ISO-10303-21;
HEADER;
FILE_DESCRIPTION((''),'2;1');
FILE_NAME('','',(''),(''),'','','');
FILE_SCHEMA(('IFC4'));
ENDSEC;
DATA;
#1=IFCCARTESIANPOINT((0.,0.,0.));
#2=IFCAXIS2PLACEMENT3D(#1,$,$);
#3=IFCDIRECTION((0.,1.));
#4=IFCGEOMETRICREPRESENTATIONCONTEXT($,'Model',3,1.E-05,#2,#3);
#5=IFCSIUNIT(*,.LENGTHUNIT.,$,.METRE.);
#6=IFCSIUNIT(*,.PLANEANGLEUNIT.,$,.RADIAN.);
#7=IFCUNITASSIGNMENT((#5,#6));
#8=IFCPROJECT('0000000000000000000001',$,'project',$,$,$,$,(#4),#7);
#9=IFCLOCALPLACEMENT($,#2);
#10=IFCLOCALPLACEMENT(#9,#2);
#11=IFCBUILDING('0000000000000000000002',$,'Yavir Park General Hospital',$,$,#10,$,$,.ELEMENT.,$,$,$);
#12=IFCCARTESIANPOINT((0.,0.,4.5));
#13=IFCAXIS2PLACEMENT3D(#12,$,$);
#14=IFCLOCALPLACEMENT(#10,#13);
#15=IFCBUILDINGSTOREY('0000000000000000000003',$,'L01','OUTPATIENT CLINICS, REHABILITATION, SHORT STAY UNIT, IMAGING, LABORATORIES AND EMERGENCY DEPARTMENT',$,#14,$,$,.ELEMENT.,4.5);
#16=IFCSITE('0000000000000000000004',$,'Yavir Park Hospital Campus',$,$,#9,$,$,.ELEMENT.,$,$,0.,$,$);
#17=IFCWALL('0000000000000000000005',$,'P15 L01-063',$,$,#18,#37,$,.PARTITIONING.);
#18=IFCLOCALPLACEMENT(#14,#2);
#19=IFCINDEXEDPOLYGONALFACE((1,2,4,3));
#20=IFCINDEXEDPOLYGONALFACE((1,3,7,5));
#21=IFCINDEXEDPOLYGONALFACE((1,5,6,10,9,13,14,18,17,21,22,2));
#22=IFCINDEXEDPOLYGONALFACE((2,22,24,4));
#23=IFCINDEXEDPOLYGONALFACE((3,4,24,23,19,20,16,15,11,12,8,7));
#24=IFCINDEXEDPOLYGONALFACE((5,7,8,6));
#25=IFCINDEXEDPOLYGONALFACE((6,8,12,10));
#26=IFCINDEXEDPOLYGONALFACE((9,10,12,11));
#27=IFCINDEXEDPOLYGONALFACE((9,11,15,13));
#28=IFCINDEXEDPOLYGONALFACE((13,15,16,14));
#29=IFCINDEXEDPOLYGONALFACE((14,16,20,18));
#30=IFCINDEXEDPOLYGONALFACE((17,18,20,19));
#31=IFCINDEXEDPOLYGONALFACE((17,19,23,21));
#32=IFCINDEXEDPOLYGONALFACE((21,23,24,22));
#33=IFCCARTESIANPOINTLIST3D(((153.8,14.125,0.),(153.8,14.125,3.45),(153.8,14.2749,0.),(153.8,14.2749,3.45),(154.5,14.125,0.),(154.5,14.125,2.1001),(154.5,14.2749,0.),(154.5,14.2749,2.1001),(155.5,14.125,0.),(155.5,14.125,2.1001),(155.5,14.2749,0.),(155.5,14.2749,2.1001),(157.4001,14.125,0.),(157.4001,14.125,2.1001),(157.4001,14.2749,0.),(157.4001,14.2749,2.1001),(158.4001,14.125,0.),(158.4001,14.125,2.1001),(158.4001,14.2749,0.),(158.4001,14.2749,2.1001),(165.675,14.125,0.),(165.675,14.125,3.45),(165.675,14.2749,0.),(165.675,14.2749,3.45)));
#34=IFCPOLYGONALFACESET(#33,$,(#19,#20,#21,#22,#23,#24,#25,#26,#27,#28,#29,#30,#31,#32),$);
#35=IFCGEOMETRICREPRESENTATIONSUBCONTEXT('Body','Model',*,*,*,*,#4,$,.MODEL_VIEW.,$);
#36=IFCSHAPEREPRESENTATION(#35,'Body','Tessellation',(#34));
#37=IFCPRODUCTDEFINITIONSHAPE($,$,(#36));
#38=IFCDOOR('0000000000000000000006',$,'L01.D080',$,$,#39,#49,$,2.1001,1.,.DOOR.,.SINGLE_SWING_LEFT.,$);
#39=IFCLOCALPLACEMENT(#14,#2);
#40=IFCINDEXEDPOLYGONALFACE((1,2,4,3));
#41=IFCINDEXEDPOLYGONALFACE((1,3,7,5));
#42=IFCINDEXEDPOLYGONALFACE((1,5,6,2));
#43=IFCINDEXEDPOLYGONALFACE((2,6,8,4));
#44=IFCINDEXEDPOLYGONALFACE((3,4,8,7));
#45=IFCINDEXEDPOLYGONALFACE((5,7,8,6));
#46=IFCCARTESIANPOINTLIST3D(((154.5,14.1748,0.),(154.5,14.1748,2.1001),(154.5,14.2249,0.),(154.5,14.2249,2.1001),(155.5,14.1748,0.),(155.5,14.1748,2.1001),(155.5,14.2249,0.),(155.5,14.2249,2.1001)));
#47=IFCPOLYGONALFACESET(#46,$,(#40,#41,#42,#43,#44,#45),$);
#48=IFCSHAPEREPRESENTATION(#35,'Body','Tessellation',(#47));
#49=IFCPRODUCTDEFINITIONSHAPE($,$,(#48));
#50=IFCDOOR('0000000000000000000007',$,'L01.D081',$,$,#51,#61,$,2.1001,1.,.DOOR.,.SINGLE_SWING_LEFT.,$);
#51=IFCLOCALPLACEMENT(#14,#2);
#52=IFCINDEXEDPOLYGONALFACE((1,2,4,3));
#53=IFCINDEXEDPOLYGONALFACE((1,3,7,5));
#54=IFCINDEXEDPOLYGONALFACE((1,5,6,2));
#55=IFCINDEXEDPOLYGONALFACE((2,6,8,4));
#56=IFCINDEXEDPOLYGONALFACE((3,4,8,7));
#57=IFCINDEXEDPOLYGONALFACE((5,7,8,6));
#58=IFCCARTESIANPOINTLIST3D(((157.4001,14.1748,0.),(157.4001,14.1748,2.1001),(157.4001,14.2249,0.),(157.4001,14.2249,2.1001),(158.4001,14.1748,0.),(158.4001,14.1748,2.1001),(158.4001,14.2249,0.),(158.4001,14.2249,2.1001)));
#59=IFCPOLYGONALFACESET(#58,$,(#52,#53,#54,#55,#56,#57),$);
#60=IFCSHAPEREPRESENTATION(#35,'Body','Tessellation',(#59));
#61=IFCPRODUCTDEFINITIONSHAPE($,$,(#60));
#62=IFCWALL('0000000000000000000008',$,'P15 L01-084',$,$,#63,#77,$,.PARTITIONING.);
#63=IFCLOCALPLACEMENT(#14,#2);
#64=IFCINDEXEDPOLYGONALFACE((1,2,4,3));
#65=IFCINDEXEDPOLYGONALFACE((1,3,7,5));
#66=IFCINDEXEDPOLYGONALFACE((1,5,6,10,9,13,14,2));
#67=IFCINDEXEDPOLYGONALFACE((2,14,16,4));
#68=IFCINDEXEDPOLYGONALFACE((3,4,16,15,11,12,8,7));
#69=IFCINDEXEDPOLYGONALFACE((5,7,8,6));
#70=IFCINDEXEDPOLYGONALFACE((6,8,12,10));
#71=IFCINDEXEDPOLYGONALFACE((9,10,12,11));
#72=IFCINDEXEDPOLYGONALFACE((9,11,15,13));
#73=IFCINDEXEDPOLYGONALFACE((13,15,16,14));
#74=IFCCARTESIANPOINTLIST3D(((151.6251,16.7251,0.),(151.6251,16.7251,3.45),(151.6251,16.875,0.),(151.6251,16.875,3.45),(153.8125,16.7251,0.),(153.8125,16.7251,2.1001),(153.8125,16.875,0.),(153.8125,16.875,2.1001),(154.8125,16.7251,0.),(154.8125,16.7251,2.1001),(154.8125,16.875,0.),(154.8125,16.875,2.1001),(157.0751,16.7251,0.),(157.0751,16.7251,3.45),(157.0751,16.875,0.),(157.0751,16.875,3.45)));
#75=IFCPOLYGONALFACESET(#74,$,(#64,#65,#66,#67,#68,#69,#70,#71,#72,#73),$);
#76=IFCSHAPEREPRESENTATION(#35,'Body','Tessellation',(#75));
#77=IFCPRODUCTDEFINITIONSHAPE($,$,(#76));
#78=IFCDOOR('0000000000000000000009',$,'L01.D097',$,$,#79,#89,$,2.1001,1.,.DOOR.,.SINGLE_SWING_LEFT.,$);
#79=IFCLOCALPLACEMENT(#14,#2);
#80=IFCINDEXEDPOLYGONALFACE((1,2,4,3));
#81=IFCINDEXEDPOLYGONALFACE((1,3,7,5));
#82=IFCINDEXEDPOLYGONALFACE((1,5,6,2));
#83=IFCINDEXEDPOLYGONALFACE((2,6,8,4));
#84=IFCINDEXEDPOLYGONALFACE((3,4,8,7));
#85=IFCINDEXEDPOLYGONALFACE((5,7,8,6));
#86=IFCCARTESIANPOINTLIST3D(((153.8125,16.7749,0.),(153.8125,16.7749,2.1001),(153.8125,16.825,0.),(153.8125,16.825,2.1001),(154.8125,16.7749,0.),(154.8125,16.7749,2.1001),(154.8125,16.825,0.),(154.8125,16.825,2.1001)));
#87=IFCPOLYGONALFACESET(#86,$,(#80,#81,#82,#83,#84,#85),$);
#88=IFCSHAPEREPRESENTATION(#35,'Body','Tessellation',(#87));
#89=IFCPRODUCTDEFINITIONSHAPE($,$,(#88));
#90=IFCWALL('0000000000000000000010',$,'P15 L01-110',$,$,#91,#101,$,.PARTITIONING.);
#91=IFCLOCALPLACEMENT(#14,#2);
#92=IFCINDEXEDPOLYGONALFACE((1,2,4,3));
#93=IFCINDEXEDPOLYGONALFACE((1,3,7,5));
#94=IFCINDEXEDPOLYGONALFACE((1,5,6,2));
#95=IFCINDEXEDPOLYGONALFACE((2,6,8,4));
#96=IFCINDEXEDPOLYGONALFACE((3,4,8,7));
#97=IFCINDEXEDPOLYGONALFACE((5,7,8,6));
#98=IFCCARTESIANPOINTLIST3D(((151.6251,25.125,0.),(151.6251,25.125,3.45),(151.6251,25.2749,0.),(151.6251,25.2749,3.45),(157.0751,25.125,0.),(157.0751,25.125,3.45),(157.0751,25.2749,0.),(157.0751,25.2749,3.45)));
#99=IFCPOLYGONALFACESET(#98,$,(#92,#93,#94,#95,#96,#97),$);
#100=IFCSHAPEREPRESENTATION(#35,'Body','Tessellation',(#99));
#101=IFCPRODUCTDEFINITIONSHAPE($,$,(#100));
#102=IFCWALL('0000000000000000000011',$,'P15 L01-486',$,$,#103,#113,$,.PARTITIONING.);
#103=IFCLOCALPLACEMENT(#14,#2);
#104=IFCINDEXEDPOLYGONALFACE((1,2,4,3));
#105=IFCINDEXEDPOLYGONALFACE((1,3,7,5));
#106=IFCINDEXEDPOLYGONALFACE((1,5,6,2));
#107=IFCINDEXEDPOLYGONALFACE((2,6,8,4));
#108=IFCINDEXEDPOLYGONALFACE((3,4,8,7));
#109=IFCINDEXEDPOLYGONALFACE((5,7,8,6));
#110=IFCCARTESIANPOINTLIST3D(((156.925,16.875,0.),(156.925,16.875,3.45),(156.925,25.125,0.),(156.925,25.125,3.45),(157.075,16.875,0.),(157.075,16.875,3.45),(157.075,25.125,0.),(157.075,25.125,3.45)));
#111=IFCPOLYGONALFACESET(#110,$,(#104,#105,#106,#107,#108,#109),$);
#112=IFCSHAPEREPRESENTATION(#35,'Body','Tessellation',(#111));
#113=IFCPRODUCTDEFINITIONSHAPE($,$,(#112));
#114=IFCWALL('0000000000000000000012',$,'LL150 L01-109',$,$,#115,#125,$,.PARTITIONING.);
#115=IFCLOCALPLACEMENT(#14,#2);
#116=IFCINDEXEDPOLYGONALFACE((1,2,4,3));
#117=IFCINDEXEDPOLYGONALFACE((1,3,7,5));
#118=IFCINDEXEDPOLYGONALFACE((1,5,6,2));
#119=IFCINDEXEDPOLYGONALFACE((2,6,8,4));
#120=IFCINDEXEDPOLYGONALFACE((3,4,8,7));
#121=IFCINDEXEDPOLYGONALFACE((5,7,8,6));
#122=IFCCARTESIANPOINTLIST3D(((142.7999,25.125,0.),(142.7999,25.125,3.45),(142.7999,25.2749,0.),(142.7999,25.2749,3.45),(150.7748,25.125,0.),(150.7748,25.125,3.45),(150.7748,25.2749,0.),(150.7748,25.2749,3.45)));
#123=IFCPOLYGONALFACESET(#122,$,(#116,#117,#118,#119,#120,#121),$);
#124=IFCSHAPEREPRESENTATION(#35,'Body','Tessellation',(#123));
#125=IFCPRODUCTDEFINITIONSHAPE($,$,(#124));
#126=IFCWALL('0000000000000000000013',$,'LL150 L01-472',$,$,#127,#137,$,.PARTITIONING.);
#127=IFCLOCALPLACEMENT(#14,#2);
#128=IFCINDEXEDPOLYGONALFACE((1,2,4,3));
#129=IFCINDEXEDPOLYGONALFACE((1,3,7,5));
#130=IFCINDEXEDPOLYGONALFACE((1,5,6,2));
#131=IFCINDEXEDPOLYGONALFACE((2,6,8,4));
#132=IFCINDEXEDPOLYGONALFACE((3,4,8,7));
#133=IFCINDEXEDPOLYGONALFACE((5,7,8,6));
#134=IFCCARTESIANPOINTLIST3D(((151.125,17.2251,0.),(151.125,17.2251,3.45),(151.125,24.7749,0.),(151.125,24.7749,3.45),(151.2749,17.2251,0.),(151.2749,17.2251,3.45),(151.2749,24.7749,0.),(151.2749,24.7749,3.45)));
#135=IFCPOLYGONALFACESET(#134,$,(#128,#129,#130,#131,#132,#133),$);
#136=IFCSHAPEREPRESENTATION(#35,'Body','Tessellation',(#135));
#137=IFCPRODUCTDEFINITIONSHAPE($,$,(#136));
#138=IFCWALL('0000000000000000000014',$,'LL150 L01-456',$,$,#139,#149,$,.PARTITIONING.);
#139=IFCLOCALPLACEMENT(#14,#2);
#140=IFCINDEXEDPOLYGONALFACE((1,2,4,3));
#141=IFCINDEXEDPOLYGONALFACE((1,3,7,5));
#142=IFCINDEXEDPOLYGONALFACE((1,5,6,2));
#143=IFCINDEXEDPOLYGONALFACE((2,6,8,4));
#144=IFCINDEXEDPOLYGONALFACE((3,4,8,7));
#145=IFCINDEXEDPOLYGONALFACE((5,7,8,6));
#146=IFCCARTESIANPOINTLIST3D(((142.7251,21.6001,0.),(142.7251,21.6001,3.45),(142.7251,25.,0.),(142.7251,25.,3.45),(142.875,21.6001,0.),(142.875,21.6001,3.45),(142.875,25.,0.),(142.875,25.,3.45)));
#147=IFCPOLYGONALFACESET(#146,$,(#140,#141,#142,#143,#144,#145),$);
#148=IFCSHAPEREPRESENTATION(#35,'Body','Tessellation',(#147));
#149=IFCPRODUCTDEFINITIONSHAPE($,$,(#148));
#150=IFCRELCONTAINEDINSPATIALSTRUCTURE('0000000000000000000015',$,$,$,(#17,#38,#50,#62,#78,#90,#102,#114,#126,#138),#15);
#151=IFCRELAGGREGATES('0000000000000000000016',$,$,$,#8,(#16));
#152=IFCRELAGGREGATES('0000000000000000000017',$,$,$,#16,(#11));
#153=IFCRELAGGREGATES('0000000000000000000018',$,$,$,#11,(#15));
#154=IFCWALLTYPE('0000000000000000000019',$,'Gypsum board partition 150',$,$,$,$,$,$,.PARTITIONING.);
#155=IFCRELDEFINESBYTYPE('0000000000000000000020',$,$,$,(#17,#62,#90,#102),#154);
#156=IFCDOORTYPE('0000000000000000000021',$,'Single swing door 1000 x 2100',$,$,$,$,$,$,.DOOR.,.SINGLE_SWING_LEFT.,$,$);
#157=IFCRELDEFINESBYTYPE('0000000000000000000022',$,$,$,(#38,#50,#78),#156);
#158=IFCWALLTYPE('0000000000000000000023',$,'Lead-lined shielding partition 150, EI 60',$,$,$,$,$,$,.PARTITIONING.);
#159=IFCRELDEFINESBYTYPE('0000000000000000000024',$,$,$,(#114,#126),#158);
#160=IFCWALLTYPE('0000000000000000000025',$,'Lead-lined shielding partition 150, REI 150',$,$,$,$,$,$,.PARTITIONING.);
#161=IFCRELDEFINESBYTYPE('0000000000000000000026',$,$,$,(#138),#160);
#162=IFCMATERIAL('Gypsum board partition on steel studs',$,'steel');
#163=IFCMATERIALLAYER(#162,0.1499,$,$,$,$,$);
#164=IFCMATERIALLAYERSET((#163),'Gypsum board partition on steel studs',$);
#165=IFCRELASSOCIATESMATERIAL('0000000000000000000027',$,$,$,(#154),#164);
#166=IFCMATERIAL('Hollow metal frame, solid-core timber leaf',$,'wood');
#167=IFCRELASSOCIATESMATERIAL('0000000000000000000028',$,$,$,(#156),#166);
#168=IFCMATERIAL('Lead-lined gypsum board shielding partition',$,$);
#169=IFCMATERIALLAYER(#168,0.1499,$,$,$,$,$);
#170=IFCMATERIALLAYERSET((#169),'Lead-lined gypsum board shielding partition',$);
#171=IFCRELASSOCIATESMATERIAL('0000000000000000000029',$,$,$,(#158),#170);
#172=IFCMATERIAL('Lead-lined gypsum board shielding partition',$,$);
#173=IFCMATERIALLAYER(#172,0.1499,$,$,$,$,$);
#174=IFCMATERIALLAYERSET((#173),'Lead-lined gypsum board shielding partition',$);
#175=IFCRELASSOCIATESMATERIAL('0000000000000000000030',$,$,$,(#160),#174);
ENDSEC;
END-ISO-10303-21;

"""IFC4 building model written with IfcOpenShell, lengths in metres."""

from ifc_helpers import new_model, si_unit, direction, frame, frame_2d, origin, place, context, subcontext, project, spatial, rectangle, extrude, material, layer, layer_set, type_object, element, fill, save


model = new_model("IFC4")

# Units and contexts
model_context = context("Model", 3, precision=1e-05, world=origin(), true_north=direction((0.0, 1.0)))
body_context = subcontext(model_context, "Body", "Model", "MODEL_VIEW")
ifc_project = project(units=[si_unit("LENGTHUNIT", "METRE"), si_unit("PLANEANGLEUNIT", "RADIAN")], contexts=[model_context])

# Site, building, storey
site_placement = place(None, origin())
site = spatial("IfcSite", under=ifc_project, at=site_placement, Name="Yavir Park Hospital Campus", CompositionType="ELEMENT", RefElevation=0.0)
building_placement = place(site_placement, origin())
building = spatial("IfcBuilding", under=site, at=building_placement, Name="Yavir Park General Hospital", CompositionType="ELEMENT")
storey_placement = place(building_placement, frame((0.0, 0.0, 4.5)))
storey = spatial("IfcBuildingStorey", under=building, at=storey_placement, Name="L01", Description="OUTPATIENT CLINICS, REHABILITATION, SHORT STAY UNIT, IMAGING, LABORATORIES AND EMERGENCY DEPARTMENT", CompositionType="ELEMENT", Elevation=4.5)

# Shared definitions
ifc_material_1 = material(Name="Gypsum board partition on steel studs", Category="steel")
ifc_layer_1 = layer(ifc_material_1, 0.1499)
ifc_layer_set_1 = layer_set([ifc_layer_1], Name="Gypsum board partition on steel studs")
wall_type_1 = type_object("IfcWallType", Name="Gypsum board partition 150", PredefinedType="PARTITIONING", material=ifc_layer_set_1)

# Wall, openings, doors
wall_1_placement = place(storey_placement, frame((153.8, 14.2, 0.0), z_axis=(0.0, 0.0, 1.0), x_axis=(1.0, 0.0, 0.0)))
wall_1 = element("IfcWall", 1, at=wall_1_placement, inside=storey, type_object=wall_type_1, Name="P15 L01-063", PredefinedType="PARTITIONING", context=body_context, shape_type="SweptSolid", body=[
    extrude(rectangle(XDim=11.875, YDim=0.1499, at=frame_2d((5.9375, 0.0))), origin(), (0.0, 0.0, 1.0), 3.45),
])
opening_1_placement = place(wall_1_placement, frame((0.7, 0.0, 0.0)))
opening_1 = element("IfcOpeningElement", 2, at=opening_1_placement, cuts=wall_1, PredefinedType="OPENING", context=body_context, shape_type="SweptSolid", body=[
    extrude(rectangle(XDim=1.0, YDim=2.1001, at=frame_2d((0.5, 1.05))), frame((0.0, 0.085, 0.0), z_axis=(0.0, -1.0, 0.0), x_axis=(1.0, 0.0, 0.0)), (0.0, 0.0, 1.0), 0.1699),
])
opening_2_placement = place(wall_1_placement, frame((3.6001, 0.0, 0.0)))
opening_2 = element("IfcOpeningElement", 3, at=opening_2_placement, cuts=wall_1, PredefinedType="OPENING", context=body_context, shape_type="SweptSolid", body=[
    extrude(rectangle(XDim=1.0, YDim=2.1001, at=frame_2d((0.5, 1.05))), frame((0.0, 0.085, 0.0), z_axis=(0.0, -1.0, 0.0), x_axis=(1.0, 0.0, 0.0)), (0.0, 0.0, 1.0), 0.1699),
])
ifc_material_2 = material(Name="Hollow metal frame, solid-core timber leaf", Category="wood")
door_type_1 = type_object("IfcDoorType", Name="Single swing door 1000 x 2100", OperationType="SINGLE_SWING_LEFT", PredefinedType="DOOR", material=ifc_material_2)
door_1_placement = place(opening_1_placement, origin())
door_1 = element("IfcDoor", 4, at=door_1_placement, inside=storey, type_object=door_type_1, Name="L01.D080", OperationType="SINGLE_SWING_LEFT", OverallHeight=2.1001, OverallWidth=1.0, PredefinedType="DOOR", context=body_context, shape_type="SweptSolid", body=[
    extrude(rectangle(XDim=1.0, YDim=2.1001, at=frame_2d((0.5, 1.05))), frame((0.0, 0.0249, 0.0), z_axis=(0.0, -1.0, 0.0), x_axis=(1.0, 0.0, 0.0)), (0.0, 0.0, 1.0), 0.05),
])
fill(opening_1, door_1)
door_2_placement = place(opening_2_placement, origin())
door_2 = element("IfcDoor", 5, at=door_2_placement, inside=storey, type_object=door_type_1, Name="L01.D081", OperationType="SINGLE_SWING_LEFT", OverallHeight=2.1001, OverallWidth=1.0, PredefinedType="DOOR", context=body_context, shape_type="SweptSolid", body=[
    extrude(rectangle(XDim=1.0, YDim=2.1001, at=frame_2d((0.5, 1.05))), frame((0.0, 0.0249, 0.0), z_axis=(0.0, -1.0, 0.0), x_axis=(1.0, 0.0, 0.0)), (0.0, 0.0, 1.0), 0.05),
])
fill(opening_2, door_2)

# Wall, opening, door
wall_2_placement = place(storey_placement, frame((151.625, 16.8, 0.0), z_axis=(0.0, 0.0, 1.0), x_axis=(1.0, 0.0, 0.0)))
wall_2 = element("IfcWall", 6, at=wall_2_placement, inside=storey, type_object=wall_type_1, Name="P15 L01-084", PredefinedType="PARTITIONING", context=body_context, shape_type="SweptSolid", body=[
    extrude(rectangle(XDim=5.45, YDim=0.1499, at=frame_2d((2.7251, 0.0))), origin(), (0.0, 0.0, 1.0), 3.45),
])
opening_3_placement = place(wall_2_placement, frame((2.1875, 0.0, 0.0)))
opening_3 = element("IfcOpeningElement", 7, at=opening_3_placement, cuts=wall_2, PredefinedType="OPENING", context=body_context, shape_type="SweptSolid", body=[
    extrude(rectangle(XDim=1.0, YDim=2.1001, at=frame_2d((0.5, 1.05))), frame((0.0, 0.085, 0.0), z_axis=(0.0, -1.0, 0.0), x_axis=(1.0, 0.0, 0.0)), (0.0, 0.0, 1.0), 0.1699),
])
door_3_placement = place(opening_3_placement, origin())
door_3 = element("IfcDoor", 8, at=door_3_placement, inside=storey, type_object=door_type_1, Name="L01.D097", OperationType="SINGLE_SWING_LEFT", OverallHeight=2.1001, OverallWidth=1.0, PredefinedType="DOOR", context=body_context, shape_type="SweptSolid", body=[
    extrude(rectangle(XDim=1.0, YDim=2.1001, at=frame_2d((0.5, 1.05))), frame((0.0, 0.0249, 0.0), z_axis=(0.0, -1.0, 0.0), x_axis=(1.0, 0.0, 0.0)), (0.0, 0.0, 1.0), 0.05),
])
fill(opening_3, door_3)

# Walls
wall_3_placement = place(storey_placement, frame((151.625, 25.2, 0.0), z_axis=(0.0, 0.0, 1.0), x_axis=(1.0, 0.0, 0.0)))
element("IfcWall", 9, at=wall_3_placement, inside=storey, type_object=wall_type_1, Name="P15 L01-110", PredefinedType="PARTITIONING", context=body_context, shape_type="SweptSolid", body=[
    extrude(rectangle(XDim=5.45, YDim=0.1499, at=frame_2d((2.7251, 0.0))), origin(), (0.0, 0.0, 1.0), 3.45),
])
wall_4_placement = place(storey_placement, frame((157.0, 16.875, 0.0), z_axis=(0.0, 0.0, 1.0), x_axis=(0.0, 1.0, 0.0)))
element("IfcWall", 10, at=wall_4_placement, inside=storey, type_object=wall_type_1, Name="P15 L01-486", PredefinedType="PARTITIONING", context=body_context, shape_type="SweptSolid", body=[
    extrude(rectangle(XDim=8.25, YDim=0.1499, at=frame_2d((4.125, 0.0))), origin(), (0.0, 0.0, 1.0), 3.45),
])
ifc_material_3 = material(Name="Lead-lined gypsum board shielding partition")
ifc_layer_2 = layer(ifc_material_3, 0.1499)
ifc_layer_set_2 = layer_set([ifc_layer_2], Name="Lead-lined gypsum board shielding partition")
wall_type_2 = type_object("IfcWallType", Name="Lead-lined shielding partition 150, EI 60", PredefinedType="PARTITIONING", material=ifc_layer_set_2)
wall_5_placement = place(storey_placement, frame((142.8, 25.2, 0.0), z_axis=(0.0, 0.0, 1.0), x_axis=(1.0, 0.0, 0.0)))
element("IfcWall", 11, at=wall_5_placement, inside=storey, type_object=wall_type_2, Name="LL150 L01-109", PredefinedType="PARTITIONING", context=body_context, shape_type="SweptSolid", body=[
    extrude(rectangle(XDim=7.9749, YDim=0.1499, at=frame_2d((3.9873, 0.0))), origin(), (0.0, 0.0, 1.0), 3.45),
])
wall_6_placement = place(storey_placement, frame((151.2, 17.2251, 0.0), z_axis=(0.0, 0.0, 1.0), x_axis=(0.0, 1.0, 0.0)))
element("IfcWall", 12, at=wall_6_placement, inside=storey, type_object=wall_type_2, Name="LL150 L01-472", PredefinedType="PARTITIONING", context=body_context, shape_type="SweptSolid", body=[
    extrude(rectangle(XDim=7.5498, YDim=0.1499, at=frame_2d((3.7749, 0.0))), origin(), (0.0, 0.0, 1.0), 3.45),
])
ifc_material_4 = material(Name="Lead-lined gypsum board shielding partition")
ifc_layer_3 = layer(ifc_material_4, 0.1499)
ifc_layer_set_3 = layer_set([ifc_layer_3], Name="Lead-lined gypsum board shielding partition")
wall_type_3 = type_object("IfcWallType", Name="Lead-lined shielding partition 150, REI 150", PredefinedType="PARTITIONING", material=ifc_layer_set_3)
wall_7_placement = place(storey_placement, frame((142.8, 21.6001, 0.0), z_axis=(0.0, 0.0, 1.0), x_axis=(0.0, 1.0, 0.0)))
element("IfcWall", 13, at=wall_7_placement, inside=storey, type_object=wall_type_3, Name="LL150 L01-456", PredefinedType="PARTITIONING", context=body_context, shape_type="SweptSolid", body=[
    extrude(rectangle(XDim=3.3999, YDim=0.1499, at=frame_2d((1.7, 0.0))), origin(), (0.0, 0.0, 1.0), 3.45),
])

save(model, "model.ifc")
